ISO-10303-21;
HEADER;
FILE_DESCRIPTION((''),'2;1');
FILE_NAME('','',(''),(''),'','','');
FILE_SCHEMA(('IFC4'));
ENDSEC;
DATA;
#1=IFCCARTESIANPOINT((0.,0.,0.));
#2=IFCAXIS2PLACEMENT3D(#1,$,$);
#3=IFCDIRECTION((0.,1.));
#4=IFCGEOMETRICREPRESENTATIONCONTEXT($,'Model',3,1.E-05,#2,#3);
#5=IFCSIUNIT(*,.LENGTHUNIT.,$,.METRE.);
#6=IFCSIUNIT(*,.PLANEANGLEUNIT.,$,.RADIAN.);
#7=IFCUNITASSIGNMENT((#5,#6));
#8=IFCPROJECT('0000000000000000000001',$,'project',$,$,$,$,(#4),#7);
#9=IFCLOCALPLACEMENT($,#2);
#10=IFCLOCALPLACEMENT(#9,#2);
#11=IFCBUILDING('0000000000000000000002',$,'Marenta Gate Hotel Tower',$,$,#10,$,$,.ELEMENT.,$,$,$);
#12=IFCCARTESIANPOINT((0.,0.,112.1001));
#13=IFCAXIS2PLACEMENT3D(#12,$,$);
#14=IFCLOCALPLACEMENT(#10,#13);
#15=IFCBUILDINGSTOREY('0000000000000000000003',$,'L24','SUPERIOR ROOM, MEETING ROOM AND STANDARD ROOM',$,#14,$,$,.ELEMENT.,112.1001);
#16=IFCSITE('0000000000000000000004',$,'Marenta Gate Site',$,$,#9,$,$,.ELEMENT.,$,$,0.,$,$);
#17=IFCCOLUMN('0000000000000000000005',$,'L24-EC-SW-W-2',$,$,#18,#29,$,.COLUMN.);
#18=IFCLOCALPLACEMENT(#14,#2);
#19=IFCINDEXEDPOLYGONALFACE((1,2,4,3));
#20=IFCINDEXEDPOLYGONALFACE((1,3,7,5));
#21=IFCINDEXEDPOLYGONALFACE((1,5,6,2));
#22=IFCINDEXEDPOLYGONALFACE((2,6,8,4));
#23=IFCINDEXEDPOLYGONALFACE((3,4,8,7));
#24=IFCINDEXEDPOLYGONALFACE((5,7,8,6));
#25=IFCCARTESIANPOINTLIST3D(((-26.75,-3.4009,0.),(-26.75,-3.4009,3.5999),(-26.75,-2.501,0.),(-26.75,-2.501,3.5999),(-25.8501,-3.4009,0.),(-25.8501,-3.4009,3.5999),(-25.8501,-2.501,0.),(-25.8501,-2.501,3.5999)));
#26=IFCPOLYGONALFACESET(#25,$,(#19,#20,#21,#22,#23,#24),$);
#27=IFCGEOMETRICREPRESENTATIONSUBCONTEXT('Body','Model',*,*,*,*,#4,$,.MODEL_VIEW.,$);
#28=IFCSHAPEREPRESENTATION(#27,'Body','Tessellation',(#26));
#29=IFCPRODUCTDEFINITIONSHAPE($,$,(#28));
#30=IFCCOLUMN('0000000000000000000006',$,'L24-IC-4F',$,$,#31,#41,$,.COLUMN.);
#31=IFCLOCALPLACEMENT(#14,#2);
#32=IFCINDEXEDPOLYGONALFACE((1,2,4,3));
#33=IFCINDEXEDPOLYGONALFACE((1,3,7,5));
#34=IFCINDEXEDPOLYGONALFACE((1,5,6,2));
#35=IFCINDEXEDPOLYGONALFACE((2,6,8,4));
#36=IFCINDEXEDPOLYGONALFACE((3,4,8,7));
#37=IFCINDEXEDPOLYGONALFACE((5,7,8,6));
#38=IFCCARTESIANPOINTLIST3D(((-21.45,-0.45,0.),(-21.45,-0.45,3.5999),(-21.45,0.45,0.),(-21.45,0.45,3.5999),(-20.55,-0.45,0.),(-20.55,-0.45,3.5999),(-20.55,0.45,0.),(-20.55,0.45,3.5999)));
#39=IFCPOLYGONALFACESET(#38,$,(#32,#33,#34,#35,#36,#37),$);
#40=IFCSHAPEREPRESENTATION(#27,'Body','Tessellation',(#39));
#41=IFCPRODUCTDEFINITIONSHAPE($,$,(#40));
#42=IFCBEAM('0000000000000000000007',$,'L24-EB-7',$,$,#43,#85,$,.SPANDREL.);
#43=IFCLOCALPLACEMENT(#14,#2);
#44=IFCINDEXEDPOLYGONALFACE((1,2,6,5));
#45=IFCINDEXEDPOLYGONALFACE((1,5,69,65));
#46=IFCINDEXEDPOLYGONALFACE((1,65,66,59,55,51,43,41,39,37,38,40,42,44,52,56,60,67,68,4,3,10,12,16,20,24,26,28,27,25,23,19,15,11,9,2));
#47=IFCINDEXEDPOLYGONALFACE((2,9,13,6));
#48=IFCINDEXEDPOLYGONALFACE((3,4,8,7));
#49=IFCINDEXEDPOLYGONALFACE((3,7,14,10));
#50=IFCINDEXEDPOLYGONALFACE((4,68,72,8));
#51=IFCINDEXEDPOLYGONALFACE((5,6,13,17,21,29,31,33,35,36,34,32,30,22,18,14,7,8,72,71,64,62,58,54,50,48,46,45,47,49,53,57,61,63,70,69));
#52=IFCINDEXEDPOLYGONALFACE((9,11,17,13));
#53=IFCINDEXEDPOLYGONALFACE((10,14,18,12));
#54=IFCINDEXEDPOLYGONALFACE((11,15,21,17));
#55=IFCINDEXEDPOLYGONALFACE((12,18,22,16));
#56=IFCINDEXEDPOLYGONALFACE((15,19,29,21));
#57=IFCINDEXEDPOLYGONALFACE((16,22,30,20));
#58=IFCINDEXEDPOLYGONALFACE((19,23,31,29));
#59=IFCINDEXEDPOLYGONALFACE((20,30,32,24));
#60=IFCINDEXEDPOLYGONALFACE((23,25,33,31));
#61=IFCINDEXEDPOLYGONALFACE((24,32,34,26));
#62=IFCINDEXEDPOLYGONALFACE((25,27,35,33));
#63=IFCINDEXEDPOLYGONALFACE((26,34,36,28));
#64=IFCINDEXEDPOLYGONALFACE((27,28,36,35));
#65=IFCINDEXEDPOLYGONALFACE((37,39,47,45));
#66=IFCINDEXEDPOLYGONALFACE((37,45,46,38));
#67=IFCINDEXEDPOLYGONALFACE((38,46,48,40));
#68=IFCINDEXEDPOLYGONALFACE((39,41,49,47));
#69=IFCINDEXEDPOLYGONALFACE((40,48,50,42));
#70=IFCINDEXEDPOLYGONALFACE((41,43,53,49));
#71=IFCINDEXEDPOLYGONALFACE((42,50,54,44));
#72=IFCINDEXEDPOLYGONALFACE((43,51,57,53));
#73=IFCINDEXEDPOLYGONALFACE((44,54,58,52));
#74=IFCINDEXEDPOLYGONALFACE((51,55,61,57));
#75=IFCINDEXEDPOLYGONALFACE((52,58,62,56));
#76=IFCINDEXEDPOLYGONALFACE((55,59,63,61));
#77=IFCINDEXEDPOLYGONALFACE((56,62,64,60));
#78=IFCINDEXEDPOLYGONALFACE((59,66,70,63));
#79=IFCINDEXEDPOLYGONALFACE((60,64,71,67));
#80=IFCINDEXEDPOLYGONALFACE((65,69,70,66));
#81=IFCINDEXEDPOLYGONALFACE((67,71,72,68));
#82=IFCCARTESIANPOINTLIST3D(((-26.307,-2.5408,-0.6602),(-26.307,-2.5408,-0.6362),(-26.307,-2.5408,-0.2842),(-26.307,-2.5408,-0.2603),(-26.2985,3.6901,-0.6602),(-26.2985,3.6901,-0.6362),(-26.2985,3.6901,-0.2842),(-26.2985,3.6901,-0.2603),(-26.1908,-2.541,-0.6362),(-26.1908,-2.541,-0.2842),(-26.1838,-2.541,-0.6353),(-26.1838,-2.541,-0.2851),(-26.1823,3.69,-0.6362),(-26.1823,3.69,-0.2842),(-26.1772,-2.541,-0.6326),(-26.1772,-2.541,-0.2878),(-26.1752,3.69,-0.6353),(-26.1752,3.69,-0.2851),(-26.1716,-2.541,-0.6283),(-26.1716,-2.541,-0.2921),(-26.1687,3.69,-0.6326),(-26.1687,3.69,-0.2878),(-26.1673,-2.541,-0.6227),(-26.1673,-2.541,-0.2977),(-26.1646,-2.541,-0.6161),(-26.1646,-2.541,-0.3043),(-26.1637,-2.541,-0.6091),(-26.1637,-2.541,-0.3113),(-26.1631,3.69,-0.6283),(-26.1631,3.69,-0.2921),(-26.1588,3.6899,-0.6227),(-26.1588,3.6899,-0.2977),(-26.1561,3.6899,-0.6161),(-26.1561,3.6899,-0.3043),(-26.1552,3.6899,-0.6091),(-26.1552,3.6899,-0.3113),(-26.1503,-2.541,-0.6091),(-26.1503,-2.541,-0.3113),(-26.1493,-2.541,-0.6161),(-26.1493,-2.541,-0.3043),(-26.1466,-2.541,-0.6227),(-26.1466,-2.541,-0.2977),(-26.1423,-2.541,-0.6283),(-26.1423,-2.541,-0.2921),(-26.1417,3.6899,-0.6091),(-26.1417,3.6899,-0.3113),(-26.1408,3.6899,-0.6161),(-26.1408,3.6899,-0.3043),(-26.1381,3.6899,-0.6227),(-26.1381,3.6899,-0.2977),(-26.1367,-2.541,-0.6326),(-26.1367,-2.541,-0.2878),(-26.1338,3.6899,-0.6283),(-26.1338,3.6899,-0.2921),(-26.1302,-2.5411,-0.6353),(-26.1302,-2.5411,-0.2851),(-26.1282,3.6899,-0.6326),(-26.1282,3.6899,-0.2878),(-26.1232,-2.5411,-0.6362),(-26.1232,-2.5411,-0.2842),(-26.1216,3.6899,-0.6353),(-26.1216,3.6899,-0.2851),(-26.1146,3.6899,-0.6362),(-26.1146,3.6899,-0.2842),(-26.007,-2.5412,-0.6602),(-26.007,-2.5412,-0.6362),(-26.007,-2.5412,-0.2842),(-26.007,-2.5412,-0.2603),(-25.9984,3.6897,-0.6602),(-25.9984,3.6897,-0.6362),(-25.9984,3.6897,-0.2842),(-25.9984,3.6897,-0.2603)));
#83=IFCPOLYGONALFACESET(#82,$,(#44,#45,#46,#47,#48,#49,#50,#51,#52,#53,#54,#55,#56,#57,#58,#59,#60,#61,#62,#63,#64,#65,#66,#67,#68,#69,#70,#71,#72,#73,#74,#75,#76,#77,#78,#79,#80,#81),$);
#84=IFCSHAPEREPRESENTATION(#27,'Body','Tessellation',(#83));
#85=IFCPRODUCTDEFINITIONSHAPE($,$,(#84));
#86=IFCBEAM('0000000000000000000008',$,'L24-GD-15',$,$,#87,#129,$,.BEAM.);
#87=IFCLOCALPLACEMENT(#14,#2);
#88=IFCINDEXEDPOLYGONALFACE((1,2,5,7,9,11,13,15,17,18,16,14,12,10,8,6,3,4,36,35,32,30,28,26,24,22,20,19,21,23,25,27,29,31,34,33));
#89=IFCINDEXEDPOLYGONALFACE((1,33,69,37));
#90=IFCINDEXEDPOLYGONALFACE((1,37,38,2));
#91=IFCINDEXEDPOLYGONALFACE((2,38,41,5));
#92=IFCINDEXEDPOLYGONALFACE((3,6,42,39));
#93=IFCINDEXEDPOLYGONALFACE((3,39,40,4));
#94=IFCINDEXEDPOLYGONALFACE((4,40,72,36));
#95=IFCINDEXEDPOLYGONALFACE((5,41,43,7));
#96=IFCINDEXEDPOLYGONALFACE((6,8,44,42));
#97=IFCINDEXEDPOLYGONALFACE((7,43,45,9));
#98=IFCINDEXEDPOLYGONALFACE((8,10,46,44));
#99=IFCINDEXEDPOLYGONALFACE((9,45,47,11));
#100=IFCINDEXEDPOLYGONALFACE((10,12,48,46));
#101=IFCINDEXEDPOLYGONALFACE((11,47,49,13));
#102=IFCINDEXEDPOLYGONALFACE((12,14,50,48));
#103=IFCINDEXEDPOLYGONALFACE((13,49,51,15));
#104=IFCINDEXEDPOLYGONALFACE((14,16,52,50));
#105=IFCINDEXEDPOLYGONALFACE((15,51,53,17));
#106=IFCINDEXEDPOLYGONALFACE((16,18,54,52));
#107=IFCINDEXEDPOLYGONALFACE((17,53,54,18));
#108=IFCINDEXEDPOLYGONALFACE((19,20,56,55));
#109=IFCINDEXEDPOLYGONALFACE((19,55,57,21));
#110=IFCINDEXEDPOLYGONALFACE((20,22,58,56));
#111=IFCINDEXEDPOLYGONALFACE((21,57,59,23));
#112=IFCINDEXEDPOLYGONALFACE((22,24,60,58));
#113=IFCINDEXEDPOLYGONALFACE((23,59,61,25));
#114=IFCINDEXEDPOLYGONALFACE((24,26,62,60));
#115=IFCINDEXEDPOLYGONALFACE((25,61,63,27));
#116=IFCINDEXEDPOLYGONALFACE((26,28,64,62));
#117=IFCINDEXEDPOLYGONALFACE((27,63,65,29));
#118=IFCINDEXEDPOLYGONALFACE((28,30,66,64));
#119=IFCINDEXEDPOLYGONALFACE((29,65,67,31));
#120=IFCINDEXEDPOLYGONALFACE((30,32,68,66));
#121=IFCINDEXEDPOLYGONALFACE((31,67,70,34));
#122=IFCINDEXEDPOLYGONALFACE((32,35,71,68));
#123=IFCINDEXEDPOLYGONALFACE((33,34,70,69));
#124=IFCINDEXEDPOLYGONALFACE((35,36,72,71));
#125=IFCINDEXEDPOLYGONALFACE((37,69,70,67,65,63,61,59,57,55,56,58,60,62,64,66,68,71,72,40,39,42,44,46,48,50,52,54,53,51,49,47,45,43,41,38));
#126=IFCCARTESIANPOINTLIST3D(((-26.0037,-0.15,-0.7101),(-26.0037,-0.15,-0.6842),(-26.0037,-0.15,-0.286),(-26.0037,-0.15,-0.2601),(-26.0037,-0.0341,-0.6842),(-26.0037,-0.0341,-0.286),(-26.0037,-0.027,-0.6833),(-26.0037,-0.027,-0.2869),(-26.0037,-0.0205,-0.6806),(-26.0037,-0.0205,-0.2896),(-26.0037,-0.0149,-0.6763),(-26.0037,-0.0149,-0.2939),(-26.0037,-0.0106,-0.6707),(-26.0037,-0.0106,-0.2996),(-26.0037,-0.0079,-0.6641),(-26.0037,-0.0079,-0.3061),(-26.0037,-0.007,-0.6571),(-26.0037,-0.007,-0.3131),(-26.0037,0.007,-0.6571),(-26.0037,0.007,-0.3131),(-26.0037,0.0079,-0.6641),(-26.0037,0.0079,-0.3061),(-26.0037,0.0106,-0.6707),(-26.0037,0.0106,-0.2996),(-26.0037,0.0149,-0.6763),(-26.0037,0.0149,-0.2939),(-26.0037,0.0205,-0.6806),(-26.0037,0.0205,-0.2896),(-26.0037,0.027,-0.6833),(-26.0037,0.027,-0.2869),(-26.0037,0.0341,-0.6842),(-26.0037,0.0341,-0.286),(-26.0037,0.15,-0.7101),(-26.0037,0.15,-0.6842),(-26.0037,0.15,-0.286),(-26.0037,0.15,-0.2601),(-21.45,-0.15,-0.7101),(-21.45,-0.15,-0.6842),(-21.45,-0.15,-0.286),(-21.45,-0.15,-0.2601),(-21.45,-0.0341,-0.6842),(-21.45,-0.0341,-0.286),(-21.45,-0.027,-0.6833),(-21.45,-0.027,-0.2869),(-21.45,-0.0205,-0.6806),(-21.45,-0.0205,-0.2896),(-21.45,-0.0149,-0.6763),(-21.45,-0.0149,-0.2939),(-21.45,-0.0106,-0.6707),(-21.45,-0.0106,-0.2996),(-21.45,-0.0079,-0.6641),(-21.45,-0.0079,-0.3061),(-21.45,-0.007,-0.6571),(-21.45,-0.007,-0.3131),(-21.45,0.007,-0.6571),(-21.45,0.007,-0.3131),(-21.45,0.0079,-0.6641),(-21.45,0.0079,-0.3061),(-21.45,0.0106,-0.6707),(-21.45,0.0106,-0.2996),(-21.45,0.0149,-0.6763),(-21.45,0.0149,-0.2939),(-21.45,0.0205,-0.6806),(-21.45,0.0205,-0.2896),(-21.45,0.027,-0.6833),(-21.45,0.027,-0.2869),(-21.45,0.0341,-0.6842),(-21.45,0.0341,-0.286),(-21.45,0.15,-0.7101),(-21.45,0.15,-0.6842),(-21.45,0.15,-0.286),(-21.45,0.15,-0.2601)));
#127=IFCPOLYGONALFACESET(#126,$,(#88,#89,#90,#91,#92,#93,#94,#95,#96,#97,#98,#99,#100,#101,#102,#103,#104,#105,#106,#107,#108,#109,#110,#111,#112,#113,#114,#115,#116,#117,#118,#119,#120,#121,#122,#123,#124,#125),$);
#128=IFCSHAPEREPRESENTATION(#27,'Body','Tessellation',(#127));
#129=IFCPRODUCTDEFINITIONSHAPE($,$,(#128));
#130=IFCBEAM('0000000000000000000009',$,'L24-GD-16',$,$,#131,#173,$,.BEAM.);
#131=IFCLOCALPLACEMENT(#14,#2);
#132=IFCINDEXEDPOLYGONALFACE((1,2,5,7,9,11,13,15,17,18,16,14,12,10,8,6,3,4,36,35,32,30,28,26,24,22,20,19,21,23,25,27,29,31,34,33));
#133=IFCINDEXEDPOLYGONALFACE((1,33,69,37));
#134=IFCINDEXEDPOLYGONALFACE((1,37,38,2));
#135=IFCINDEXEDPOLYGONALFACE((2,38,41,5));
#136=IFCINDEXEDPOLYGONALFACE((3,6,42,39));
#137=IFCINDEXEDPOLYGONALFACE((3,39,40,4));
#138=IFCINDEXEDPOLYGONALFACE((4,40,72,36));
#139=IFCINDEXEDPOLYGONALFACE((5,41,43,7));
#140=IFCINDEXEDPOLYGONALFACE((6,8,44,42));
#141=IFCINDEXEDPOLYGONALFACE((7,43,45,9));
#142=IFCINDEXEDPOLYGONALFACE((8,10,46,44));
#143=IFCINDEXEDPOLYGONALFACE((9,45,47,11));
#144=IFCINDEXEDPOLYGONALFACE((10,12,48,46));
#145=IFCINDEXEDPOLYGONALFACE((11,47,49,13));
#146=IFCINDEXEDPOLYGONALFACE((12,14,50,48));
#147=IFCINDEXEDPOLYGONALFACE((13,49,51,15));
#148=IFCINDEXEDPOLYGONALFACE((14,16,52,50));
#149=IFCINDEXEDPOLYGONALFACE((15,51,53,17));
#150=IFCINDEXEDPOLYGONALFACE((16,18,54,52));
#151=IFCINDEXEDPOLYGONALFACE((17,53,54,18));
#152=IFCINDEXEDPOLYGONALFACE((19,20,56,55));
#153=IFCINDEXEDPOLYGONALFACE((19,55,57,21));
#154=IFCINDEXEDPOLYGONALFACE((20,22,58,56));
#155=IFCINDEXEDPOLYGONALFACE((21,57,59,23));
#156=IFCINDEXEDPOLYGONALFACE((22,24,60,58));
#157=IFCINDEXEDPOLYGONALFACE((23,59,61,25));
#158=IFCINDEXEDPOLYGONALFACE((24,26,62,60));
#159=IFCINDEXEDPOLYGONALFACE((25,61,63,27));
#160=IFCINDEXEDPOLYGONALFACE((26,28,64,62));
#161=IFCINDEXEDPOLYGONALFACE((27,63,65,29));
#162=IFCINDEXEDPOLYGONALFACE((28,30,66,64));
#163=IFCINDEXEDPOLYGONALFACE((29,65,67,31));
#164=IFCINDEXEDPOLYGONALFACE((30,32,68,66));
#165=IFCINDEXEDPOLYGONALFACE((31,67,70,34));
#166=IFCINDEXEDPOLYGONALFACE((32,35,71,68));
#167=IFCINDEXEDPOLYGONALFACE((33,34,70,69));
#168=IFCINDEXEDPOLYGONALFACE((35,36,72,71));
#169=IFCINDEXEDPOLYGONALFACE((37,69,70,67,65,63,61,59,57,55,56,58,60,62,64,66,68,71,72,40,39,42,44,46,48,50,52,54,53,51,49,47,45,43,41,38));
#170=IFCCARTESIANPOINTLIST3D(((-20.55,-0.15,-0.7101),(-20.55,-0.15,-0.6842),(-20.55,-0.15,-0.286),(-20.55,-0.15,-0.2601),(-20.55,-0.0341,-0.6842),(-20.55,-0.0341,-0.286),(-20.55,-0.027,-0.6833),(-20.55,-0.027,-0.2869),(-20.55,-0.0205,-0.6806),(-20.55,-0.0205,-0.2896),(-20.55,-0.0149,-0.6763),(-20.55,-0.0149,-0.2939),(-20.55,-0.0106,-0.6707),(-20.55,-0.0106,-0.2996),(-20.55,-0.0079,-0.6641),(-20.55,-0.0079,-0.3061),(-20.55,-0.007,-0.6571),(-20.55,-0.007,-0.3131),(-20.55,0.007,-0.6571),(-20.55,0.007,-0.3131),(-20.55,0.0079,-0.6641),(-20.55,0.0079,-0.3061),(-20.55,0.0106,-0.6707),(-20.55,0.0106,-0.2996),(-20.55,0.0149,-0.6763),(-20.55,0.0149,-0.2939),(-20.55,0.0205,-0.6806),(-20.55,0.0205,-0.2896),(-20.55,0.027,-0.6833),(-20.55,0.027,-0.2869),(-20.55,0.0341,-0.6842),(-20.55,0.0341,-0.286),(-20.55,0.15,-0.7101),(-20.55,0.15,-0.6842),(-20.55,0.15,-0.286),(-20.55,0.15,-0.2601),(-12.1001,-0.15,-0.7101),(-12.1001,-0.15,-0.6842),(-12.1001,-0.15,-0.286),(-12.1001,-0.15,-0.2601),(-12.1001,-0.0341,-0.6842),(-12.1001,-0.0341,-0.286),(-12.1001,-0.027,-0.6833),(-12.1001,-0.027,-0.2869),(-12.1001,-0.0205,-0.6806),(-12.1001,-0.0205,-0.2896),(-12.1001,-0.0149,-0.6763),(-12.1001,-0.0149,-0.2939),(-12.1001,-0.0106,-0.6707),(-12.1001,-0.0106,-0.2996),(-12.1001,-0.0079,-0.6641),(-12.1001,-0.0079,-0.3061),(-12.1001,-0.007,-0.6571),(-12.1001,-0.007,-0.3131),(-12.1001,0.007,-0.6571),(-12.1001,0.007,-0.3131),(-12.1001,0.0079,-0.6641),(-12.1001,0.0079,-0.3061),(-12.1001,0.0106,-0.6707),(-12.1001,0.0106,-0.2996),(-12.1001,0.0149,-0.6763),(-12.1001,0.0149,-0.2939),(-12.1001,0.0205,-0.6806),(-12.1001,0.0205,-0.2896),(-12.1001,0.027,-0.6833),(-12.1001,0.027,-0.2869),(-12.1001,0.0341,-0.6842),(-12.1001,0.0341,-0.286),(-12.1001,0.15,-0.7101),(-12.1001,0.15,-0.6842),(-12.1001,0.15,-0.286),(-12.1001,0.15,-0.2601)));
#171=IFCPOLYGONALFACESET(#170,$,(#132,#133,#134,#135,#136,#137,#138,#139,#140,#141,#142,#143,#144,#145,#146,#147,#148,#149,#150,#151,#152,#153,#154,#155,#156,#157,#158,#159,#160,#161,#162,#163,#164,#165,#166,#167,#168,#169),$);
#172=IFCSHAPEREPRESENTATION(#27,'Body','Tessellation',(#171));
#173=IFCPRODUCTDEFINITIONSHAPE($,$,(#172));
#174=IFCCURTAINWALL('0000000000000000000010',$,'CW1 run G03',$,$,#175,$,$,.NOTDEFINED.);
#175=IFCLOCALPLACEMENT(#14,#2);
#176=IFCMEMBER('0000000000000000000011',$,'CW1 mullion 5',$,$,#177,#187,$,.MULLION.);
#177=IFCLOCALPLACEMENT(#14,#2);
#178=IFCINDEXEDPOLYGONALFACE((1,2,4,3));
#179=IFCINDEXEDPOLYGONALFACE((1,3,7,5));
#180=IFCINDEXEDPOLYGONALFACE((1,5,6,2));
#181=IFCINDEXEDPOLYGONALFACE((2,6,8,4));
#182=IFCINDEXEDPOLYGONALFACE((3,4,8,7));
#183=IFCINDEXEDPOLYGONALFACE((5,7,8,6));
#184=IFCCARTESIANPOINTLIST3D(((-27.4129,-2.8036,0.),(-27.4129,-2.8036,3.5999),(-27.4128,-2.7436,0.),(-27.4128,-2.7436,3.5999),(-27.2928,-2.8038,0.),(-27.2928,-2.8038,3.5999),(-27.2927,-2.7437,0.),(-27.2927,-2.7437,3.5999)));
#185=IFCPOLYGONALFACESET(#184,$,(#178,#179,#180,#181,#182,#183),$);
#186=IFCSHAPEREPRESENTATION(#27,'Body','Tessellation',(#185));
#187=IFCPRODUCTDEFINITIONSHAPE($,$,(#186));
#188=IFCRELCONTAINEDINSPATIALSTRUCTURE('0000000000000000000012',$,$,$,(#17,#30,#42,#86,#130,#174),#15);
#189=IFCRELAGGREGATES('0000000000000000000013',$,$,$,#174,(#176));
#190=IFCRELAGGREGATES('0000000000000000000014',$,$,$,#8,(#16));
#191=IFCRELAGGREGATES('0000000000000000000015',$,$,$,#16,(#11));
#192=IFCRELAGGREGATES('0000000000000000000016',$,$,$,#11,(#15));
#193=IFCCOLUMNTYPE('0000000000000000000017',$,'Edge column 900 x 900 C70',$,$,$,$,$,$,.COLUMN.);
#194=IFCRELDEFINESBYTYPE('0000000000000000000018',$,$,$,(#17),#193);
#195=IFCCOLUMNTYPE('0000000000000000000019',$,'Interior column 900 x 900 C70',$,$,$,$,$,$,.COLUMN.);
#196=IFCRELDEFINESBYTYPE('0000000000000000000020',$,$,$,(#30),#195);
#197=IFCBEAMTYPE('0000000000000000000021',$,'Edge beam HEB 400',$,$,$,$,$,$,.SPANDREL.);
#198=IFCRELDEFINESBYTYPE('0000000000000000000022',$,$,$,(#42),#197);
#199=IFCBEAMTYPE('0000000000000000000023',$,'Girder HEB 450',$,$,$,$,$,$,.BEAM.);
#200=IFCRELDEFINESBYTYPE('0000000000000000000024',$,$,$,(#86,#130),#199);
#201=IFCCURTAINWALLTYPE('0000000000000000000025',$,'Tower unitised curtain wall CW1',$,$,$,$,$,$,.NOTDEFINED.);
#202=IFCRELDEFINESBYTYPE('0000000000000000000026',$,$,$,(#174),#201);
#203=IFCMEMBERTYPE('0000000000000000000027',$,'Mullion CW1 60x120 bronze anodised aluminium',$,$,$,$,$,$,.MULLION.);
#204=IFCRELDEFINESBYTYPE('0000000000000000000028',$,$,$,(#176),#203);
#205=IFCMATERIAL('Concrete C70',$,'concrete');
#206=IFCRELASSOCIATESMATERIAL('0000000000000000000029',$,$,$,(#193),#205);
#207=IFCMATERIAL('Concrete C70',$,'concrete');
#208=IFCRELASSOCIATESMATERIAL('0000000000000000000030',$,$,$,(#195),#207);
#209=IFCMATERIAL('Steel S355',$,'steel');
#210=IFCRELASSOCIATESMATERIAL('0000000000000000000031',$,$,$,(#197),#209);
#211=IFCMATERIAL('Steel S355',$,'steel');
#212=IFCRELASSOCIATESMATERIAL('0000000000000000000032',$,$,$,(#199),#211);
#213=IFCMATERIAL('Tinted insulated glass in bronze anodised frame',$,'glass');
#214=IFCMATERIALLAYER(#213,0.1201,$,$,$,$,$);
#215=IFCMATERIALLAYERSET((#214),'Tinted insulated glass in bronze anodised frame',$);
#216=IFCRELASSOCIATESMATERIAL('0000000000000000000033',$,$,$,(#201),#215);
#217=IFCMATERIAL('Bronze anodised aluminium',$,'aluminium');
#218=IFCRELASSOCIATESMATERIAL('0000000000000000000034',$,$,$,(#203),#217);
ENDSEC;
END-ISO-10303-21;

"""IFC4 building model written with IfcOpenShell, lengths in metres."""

from ifc_helpers import new_model, si_unit, direction, frame, origin, origin_2d, place, context, subcontext, project, spatial, rectangle, i_section, extrude, material, layer, layer_set, material_profile, profile_set, type_object, element, aggregate, save


model = new_model("IFC4")

# Units and contexts
model_context = context("Model", 3, precision=1e-05, world=origin(), true_north=direction((0.0, 1.0)))
body_context = subcontext(model_context, "Body", "Model", "MODEL_VIEW")
ifc_project = project(units=[si_unit("LENGTHUNIT", "METRE"), si_unit("PLANEANGLEUNIT", "RADIAN")], contexts=[model_context])

# Site, building, storey
site_placement = place(None, origin())
site = spatial("IfcSite", under=ifc_project, at=site_placement, Name="Marenta Gate Site", CompositionType="ELEMENT", RefElevation=0.0)
building_placement = place(site_placement, origin())
building = spatial("IfcBuilding", under=site, at=building_placement, Name="Marenta Gate Hotel Tower", CompositionType="ELEMENT")
storey_placement = place(building_placement, frame((0.0, 0.0, 112.1001)))
storey = spatial("IfcBuildingStorey", under=building, at=storey_placement, Name="L24", Description="SUPERIOR ROOM, MEETING ROOM AND STANDARD ROOM", CompositionType="ELEMENT", Elevation=112.1001)

# Columns
ifc_material_1 = material(Name="Concrete C70", Category="concrete")
ifc_material_profile_1 = material_profile(ifc_material_1, rectangle(XDim=0.8999, YDim=0.8999, at=origin_2d()), Name="900 x 900")
ifc_profile_set_1 = profile_set([ifc_material_profile_1], Name="Concrete C70")
column_type_1 = type_object("IfcColumnType", Name="Edge column 900 x 900 C70", PredefinedType="COLUMN", material=ifc_profile_set_1)
column_1_placement = place(storey_placement, frame((-26.3, -2.9509, 0.0), z_axis=(0.0, 0.0, 1.0), x_axis=(1.0, 0.0, 0.0)))
element("IfcColumn", 1, at=column_1_placement, inside=storey, type_object=column_type_1, Name="L24-EC-SW-W-2", PredefinedType="COLUMN", context=body_context, shape_type="SweptSolid", body=[
    extrude(rectangle(XDim=0.8999, YDim=0.8999, at=origin_2d()), origin(), (0.0, 0.0, 1.0), 3.5999),
])
ifc_material_2 = material(Name="Concrete C70", Category="concrete")
ifc_material_profile_2 = material_profile(ifc_material_2, rectangle(XDim=0.8999, YDim=0.8999, at=origin_2d()), Name="900 x 900")
ifc_profile_set_2 = profile_set([ifc_material_profile_2], Name="Concrete C70")
column_type_2 = type_object("IfcColumnType", Name="Interior column 900 x 900 C70", PredefinedType="COLUMN", material=ifc_profile_set_2)
column_2_placement = place(storey_placement, frame((-21.0, 0.0, 0.0), z_axis=(0.0, 0.0, 1.0), x_axis=(1.0, 0.0, 0.0)))
element("IfcColumn", 2, at=column_2_placement, inside=storey, type_object=column_type_2, Name="L24-IC-4F", PredefinedType="COLUMN", context=body_context, shape_type="SweptSolid", body=[
    extrude(rectangle(XDim=0.8999, YDim=0.8999, at=origin_2d()), origin(), (0.0, 0.0, 1.0), 3.5999),
])

# Beams
ifc_material_3 = material(Name="Steel S355", Category="steel")
ifc_material_profile_3 = material_profile(ifc_material_3, i_section(OverallWidth=0.3, OverallDepth=0.3999, WebThickness=0.0134, FlangeThickness=0.0239, FilletRadius=0.0271, at=origin_2d()), Name="HEB 400")
ifc_profile_set_3 = profile_set([ifc_material_profile_3], Name="Steel S355")
beam_type_1 = type_object("IfcBeamType", Name="Edge beam HEB 400", PredefinedType="SPANDREL", material=ifc_profile_set_3)
beam_1_placement = place(storey_placement, frame((-26.157, -2.541, -0.4602), z_axis=(0.001371, 0.999999, 0.0), x_axis=(-0.999999, 0.001371, 0.0)))
element("IfcBeam", 3, at=beam_1_placement, inside=storey, type_object=beam_type_1, Name="L24-EB-7", PredefinedType="SPANDREL", context=body_context, shape_type="SweptSolid", body=[
    extrude(i_section(OverallWidth=0.3, OverallDepth=0.3999, WebThickness=0.0134, FlangeThickness=0.0239, FilletRadius=0.0271, at=origin_2d()), origin(), (0.0, 0.0, 1.0), 6.231),
])
ifc_material_4 = material(Name="Steel S355", Category="steel")
ifc_material_profile_4 = material_profile(ifc_material_4, i_section(OverallWidth=0.3, OverallDepth=0.45, WebThickness=0.0139, FlangeThickness=0.0259, FilletRadius=0.0271, at=origin_2d()), Name="HEB 450")
ifc_profile_set_4 = profile_set([ifc_material_profile_4], Name="Steel S355")
beam_type_2 = type_object("IfcBeamType", Name="Girder HEB 450", PredefinedType="BEAM", material=ifc_profile_set_4)
beam_2_placement = place(storey_placement, frame((-26.0037, 0.0, -0.4851), z_axis=(1.0, 0.0, 0.0), x_axis=(0.0, 1.0, 0.0)))
element("IfcBeam", 4, at=beam_2_placement, inside=storey, type_object=beam_type_2, Name="L24-GD-15", PredefinedType="BEAM", context=body_context, shape_type="SweptSolid", body=[
    extrude(i_section(OverallWidth=0.3, OverallDepth=0.45, WebThickness=0.0139, FlangeThickness=0.0259, FilletRadius=0.0271, at=origin_2d()), origin(), (0.0, 0.0, 1.0), 4.5537),
])
beam_3_placement = place(storey_placement, frame((-20.55, 0.0, -0.4851), z_axis=(1.0, 0.0, 0.0), x_axis=(0.0, 1.0, 0.0)))
element("IfcBeam", 5, at=beam_3_placement, inside=storey, type_object=beam_type_2, Name="L24-GD-16", PredefinedType="BEAM", context=body_context, shape_type="SweptSolid", body=[
    extrude(i_section(OverallWidth=0.3, OverallDepth=0.45, WebThickness=0.0139, FlangeThickness=0.0259, FilletRadius=0.0271, at=origin_2d()), origin(), (0.0, 0.0, 1.0), 8.45),
])

# Curtain wall, member
ifc_material_5 = material(Name="Tinted insulated glass in bronze anodised frame", Category="glass")
ifc_layer_1 = layer(ifc_material_5, 0.1201)
ifc_layer_set_1 = layer_set([ifc_layer_1], Name="Tinted insulated glass in bronze anodised frame")
curtain_wall_type = type_object("IfcCurtainWallType", Name="Tower unitised curtain wall CW1", PredefinedType="NOTDEFINED", material=ifc_layer_set_1)
curtain_wall_placement = place(storey_placement, origin())
curtain_wall = element("IfcCurtainWall", 6, at=curtain_wall_placement, inside=storey, type_object=curtain_wall_type, Name="CW1 run G03", PredefinedType="NOTDEFINED")
ifc_material_6 = material(Name="Bronze anodised aluminium", Category="aluminium")
ifc_material_profile_5 = material_profile(ifc_material_6, rectangle(XDim=0.1201, YDim=0.0601, at=origin_2d()), Name="Mullion CW1 60x120 bronze anodised aluminium")
ifc_profile_set_5 = profile_set([ifc_material_profile_5], Name="Bronze anodised aluminium")
member_type_1 = type_object("IfcMemberType", Name="Mullion CW1 60x120 bronze anodised aluminium", PredefinedType="MULLION", material=ifc_profile_set_5)
member_1_placement = place(storey_placement, frame((-27.3528, -2.7737, 0.0), z_axis=(0.0, 0.0, 1.0), x_axis=(0.999999, -0.001566, 0.0)))
member_1 = element("IfcMember", 7, at=member_1_placement, type_object=member_type_1, Name="CW1 mullion 5", PredefinedType="MULLION", context=body_context, shape_type="SweptSolid", body=[
    extrude(rectangle(XDim=0.1201, YDim=0.0601, at=origin_2d()), origin(), (0.0, 0.0, 1.0), 3.5999),
])
aggregate(curtain_wall, [member_1])

save(model, "model.ifc")
